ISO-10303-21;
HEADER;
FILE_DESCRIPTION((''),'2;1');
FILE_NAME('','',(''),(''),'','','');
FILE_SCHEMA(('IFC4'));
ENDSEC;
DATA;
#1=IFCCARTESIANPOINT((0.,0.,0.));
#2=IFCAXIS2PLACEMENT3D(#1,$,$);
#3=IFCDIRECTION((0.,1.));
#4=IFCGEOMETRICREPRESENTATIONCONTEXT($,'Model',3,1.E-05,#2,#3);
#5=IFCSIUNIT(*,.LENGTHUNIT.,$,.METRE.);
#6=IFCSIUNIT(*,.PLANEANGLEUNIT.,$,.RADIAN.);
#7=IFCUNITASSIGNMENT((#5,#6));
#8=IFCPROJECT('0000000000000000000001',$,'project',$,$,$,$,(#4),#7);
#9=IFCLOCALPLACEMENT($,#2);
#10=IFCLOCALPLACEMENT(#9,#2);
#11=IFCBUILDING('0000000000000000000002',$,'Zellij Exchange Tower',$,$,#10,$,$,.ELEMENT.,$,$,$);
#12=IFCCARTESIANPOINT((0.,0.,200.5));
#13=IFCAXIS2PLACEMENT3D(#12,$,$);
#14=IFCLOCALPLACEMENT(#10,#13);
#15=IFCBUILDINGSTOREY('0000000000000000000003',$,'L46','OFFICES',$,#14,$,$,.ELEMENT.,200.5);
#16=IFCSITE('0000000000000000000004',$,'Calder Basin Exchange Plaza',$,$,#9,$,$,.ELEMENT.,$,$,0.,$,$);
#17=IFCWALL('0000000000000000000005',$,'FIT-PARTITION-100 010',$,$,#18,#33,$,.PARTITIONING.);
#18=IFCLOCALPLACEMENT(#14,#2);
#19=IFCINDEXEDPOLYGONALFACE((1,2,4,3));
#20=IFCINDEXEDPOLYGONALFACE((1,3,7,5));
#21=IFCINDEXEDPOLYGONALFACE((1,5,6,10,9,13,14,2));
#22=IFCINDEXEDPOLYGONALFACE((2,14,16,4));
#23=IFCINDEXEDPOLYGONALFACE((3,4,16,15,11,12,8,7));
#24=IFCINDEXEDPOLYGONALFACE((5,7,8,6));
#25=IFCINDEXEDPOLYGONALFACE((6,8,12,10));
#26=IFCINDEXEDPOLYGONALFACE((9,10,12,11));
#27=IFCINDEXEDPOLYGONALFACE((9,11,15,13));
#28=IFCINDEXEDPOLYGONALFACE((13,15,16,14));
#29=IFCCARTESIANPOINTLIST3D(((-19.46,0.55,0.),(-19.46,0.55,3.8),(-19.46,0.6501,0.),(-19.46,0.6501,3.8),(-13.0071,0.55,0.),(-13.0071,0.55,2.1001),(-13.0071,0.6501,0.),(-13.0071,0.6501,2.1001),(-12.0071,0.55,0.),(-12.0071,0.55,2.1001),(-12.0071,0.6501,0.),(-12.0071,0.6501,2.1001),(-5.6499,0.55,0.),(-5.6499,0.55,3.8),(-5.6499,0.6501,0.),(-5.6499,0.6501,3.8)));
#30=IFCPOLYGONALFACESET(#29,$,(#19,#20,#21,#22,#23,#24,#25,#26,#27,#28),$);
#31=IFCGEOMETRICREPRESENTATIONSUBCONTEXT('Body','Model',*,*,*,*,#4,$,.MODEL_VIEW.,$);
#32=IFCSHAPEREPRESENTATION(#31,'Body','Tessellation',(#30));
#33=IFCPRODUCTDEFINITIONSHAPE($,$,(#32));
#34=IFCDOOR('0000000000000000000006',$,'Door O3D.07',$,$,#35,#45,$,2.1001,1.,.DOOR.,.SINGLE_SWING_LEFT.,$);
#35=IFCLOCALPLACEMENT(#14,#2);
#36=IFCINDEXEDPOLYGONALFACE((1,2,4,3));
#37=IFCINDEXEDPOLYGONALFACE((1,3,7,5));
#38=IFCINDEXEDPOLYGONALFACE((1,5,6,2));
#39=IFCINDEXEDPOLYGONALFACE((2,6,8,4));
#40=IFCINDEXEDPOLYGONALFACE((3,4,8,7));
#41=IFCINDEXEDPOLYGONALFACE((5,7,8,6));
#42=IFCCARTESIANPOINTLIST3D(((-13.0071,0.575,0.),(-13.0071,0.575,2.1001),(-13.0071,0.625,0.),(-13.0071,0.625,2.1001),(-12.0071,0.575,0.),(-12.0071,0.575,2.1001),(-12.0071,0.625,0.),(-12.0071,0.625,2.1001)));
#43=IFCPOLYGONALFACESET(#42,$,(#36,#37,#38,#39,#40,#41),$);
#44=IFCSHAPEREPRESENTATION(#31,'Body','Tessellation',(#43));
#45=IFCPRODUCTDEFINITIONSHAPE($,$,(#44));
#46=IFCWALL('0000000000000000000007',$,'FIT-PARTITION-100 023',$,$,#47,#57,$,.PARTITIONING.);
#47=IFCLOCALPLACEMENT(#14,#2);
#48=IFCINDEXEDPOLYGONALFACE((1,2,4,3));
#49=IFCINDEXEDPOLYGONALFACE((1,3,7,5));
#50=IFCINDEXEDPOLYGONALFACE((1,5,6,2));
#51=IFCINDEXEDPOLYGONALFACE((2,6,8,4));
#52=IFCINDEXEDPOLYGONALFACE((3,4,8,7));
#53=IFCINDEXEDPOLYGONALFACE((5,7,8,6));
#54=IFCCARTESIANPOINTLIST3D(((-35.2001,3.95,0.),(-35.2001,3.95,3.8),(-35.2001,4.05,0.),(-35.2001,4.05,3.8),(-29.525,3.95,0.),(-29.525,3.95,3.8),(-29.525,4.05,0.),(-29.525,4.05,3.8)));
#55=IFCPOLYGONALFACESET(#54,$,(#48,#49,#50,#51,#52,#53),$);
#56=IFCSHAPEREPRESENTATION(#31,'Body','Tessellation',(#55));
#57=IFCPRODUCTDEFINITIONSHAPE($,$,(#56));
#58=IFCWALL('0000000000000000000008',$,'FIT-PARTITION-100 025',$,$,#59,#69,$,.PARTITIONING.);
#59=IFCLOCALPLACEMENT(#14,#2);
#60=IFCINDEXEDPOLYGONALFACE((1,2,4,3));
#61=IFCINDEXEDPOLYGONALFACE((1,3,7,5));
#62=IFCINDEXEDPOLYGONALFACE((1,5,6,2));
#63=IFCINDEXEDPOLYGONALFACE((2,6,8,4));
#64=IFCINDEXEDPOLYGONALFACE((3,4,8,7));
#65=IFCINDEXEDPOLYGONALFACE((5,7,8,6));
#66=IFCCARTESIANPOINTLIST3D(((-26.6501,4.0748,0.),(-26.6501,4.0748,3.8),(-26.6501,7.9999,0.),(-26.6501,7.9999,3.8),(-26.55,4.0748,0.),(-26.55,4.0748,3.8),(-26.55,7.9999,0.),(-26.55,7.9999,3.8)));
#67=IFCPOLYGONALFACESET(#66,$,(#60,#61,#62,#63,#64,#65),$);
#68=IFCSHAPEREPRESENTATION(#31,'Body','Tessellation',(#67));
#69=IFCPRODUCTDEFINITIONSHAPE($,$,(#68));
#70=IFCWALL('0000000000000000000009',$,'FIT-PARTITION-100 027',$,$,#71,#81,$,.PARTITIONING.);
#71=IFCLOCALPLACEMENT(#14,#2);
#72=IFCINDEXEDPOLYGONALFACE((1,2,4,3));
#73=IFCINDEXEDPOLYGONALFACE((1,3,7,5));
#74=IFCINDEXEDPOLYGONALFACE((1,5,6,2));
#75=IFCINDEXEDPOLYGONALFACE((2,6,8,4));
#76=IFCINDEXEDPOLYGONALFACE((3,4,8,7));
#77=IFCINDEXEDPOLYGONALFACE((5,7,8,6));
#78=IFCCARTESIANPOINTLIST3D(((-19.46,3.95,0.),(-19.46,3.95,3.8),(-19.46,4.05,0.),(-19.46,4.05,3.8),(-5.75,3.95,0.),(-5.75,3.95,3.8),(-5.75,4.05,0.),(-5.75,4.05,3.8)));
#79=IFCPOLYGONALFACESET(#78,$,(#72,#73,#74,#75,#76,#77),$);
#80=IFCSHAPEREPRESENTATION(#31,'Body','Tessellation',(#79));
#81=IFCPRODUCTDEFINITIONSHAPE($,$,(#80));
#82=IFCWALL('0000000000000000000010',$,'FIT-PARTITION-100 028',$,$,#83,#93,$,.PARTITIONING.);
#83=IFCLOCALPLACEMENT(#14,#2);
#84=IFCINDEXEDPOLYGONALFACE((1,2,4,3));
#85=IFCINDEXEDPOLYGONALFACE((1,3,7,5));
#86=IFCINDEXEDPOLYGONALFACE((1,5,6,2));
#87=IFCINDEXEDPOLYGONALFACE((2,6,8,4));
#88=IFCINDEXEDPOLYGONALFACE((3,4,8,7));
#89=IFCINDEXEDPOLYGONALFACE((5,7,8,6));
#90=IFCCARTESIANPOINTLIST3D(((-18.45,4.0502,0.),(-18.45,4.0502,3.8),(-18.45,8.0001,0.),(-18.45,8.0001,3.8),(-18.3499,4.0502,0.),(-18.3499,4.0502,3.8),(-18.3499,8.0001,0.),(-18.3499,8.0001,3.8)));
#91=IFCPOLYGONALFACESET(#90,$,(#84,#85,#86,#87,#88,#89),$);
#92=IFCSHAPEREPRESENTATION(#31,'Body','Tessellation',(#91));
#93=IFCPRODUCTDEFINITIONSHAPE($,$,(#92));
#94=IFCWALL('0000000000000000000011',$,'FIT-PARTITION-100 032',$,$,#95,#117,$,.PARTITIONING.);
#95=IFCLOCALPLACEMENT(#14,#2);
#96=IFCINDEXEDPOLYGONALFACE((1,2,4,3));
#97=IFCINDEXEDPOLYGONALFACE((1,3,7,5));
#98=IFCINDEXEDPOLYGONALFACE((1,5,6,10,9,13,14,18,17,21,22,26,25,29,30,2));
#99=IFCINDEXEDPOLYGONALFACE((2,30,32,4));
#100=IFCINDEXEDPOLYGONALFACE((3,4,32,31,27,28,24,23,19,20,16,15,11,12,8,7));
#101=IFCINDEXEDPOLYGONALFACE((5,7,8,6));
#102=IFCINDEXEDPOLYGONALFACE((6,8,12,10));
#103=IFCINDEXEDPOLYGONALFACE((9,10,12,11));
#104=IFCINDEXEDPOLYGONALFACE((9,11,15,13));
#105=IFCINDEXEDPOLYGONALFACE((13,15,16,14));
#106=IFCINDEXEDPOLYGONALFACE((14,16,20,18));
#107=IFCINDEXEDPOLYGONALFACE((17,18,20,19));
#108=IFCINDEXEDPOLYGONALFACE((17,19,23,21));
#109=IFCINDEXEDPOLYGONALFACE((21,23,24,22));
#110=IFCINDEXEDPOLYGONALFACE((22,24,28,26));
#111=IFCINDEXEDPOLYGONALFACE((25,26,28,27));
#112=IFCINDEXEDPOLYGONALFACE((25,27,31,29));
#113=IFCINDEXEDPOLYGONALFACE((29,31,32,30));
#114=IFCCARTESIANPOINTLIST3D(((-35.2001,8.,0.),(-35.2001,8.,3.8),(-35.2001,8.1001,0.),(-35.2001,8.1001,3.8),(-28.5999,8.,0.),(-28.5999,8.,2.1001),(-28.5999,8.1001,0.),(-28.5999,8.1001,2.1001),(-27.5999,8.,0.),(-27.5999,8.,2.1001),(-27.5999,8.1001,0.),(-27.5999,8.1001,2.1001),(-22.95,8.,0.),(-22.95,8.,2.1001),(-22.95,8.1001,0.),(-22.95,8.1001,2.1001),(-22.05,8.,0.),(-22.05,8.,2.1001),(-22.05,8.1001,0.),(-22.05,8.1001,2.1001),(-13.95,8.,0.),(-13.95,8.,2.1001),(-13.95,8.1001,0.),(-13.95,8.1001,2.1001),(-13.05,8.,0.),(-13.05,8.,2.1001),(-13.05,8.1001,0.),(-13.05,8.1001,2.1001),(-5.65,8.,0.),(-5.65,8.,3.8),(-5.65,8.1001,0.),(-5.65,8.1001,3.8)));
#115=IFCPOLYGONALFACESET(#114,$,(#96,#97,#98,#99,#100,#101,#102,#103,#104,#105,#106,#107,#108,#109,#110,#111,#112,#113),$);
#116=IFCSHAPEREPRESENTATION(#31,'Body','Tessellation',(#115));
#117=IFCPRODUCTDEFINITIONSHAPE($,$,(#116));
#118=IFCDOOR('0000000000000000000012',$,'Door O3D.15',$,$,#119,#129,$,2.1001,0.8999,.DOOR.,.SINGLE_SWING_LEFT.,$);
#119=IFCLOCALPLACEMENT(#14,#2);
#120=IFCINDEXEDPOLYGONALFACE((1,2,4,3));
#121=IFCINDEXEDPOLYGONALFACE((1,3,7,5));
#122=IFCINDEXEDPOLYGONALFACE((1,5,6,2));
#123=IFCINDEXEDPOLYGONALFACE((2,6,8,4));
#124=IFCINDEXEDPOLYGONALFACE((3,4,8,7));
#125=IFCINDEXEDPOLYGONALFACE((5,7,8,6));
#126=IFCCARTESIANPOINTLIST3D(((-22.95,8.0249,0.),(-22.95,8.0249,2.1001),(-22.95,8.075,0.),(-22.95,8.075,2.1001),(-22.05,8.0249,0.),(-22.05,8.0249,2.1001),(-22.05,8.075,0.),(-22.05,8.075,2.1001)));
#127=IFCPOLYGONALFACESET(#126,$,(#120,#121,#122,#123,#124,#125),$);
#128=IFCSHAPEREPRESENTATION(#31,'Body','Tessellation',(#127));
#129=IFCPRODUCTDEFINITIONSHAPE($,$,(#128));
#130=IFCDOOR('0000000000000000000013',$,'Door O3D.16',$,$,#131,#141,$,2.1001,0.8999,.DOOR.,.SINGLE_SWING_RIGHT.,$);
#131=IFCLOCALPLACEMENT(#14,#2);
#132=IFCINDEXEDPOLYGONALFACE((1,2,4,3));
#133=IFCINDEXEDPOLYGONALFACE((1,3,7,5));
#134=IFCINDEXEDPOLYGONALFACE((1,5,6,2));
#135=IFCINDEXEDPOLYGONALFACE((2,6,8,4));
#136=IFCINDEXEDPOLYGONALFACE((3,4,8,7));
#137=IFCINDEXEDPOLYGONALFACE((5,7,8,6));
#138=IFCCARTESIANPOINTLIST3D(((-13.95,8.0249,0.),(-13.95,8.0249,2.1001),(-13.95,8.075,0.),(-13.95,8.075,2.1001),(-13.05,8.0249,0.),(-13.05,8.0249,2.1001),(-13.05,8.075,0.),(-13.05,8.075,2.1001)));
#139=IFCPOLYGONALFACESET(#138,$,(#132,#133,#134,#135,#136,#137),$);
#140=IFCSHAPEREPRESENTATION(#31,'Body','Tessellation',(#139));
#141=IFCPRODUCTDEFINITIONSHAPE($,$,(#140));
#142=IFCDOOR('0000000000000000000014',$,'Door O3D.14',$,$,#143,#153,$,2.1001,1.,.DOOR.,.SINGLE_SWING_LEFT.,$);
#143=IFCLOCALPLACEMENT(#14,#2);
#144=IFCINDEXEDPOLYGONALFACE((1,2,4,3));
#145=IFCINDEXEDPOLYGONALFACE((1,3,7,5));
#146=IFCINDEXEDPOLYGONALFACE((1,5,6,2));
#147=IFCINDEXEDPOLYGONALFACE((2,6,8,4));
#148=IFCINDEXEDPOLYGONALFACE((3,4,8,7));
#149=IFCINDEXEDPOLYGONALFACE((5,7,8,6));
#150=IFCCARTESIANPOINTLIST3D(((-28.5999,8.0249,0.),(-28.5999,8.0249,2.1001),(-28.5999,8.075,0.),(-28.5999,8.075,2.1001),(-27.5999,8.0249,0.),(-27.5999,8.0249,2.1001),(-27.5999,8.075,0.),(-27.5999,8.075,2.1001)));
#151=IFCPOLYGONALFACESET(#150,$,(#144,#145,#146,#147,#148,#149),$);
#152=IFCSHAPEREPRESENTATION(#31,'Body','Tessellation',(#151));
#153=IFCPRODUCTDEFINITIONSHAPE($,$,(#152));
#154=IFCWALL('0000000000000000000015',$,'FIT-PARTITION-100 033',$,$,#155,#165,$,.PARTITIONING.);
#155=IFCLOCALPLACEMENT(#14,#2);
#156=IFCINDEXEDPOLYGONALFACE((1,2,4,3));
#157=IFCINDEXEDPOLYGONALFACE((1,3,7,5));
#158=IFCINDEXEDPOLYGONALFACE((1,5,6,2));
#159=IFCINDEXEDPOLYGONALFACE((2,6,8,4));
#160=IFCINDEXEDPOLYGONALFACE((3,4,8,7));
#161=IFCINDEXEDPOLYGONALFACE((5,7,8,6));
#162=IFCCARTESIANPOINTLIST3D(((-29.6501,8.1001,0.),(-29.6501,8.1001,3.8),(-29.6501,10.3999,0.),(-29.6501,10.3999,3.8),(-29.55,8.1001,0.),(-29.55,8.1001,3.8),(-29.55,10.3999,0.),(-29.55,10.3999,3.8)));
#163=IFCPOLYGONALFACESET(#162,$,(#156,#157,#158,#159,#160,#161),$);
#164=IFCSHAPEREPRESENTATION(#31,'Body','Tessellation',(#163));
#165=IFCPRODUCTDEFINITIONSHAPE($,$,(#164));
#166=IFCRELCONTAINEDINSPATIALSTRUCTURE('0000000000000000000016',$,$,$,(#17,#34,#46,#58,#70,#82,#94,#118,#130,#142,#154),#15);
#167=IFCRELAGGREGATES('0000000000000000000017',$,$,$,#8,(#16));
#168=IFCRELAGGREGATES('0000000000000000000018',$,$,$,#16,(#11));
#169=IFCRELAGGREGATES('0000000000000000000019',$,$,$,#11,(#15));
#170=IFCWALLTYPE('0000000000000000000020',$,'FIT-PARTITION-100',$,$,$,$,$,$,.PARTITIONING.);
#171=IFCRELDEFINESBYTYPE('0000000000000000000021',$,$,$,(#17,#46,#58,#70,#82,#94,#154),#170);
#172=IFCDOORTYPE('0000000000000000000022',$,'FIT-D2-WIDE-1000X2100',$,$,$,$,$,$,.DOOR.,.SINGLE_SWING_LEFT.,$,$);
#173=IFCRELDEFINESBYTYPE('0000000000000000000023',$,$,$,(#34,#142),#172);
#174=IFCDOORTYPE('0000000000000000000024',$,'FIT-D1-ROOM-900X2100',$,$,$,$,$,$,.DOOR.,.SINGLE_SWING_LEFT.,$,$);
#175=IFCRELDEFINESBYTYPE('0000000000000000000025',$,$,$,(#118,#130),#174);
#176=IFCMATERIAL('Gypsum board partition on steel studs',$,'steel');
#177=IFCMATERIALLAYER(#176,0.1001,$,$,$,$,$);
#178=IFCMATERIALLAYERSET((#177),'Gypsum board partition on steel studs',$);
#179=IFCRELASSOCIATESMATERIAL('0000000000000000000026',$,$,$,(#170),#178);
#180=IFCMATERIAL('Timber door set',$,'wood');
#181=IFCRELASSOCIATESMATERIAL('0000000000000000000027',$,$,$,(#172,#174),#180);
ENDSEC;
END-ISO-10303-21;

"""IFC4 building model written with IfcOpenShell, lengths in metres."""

from ifc_helpers import new_model, si_unit, direction, frame, frame_2d, origin, place, context, subcontext, project, spatial, rectangle, extrude, material, layer, layer_set, type_object, element, fill, save


model = new_model("IFC4")

# Units and contexts
model_context = context("Model", 3, precision=1e-05, world=origin(), true_north=direction((0.0, 1.0)))
body_context = subcontext(model_context, "Body", "Model", "MODEL_VIEW")
ifc_project = project(units=[si_unit("LENGTHUNIT", "METRE"), si_unit("PLANEANGLEUNIT", "RADIAN")], contexts=[model_context])

# Site, building, storey
site_placement = place(None, origin())
site = spatial("IfcSite", under=ifc_project, at=site_placement, Name="Calder Basin Exchange Plaza", CompositionType="ELEMENT", RefElevation=0.0)
building_placement = place(site_placement, origin())
building = spatial("IfcBuilding", under=site, at=building_placement, Name="Zellij Exchange Tower", CompositionType="ELEMENT")
storey_placement = place(building_placement, frame((0.0, 0.0, 200.5)))
storey = spatial("IfcBuildingStorey", under=building, at=storey_placement, Name="L46", Description="OFFICES", CompositionType="ELEMENT", Elevation=200.5)

# Wall, opening, door
ifc_material_1 = material(Name="Gypsum board partition on steel studs", Category="steel")
ifc_layer_1 = layer(ifc_material_1, 0.1001)
ifc_layer_set_1 = layer_set([ifc_layer_1], Name="Gypsum board partition on steel studs")
wall_type_1 = type_object("IfcWallType", Name="FIT-PARTITION-100", PredefinedType="PARTITIONING", material=ifc_layer_set_1)
wall_1_placement = place(storey_placement, frame((-19.46, 0.6001, 0.0), z_axis=(0.0, 0.0, 1.0), x_axis=(1.0, 0.0, 0.0)))
wall_1 = element("IfcWall", 1, at=wall_1_placement, inside=storey, type_object=wall_type_1, Name="FIT-PARTITION-100 010", PredefinedType="PARTITIONING", context=body_context, shape_type="SweptSolid", body=[
    extrude(rectangle(XDim=13.8101, YDim=0.1001, at=frame_2d((6.905, 0.0))), origin(), (0.0, 0.0, 1.0), 3.8),
])
opening_1_placement = place(wall_1_placement, frame((6.4529, 0.0, 0.0)))
opening_1 = element("IfcOpeningElement", 2, at=opening_1_placement, cuts=wall_1, PredefinedType="OPENING", context=body_context, shape_type="SweptSolid", body=[
    extrude(rectangle(XDim=1.0, YDim=2.1001, at=frame_2d((0.5, 1.05))), frame((0.0, 0.062, 0.0), z_axis=(0.0, -1.0, 0.0), x_axis=(1.0, 0.0, 0.0)), (0.0, 0.0, 1.0), 0.124),
])
ifc_material_2 = material(Name="Timber door set", Category="wood")
door_type_1 = type_object("IfcDoorType", Name="FIT-D2-WIDE-1000X2100", OperationType="SINGLE_SWING_LEFT", PredefinedType="DOOR", material=ifc_material_2)
door_1_placement = place(opening_1_placement, origin())
door_1 = element("IfcDoor", 3, at=door_1_placement, inside=storey, type_object=door_type_1, Name="Door O3D.07", OperationType="SINGLE_SWING_LEFT", OverallHeight=2.1001, OverallWidth=1.0, PredefinedType="DOOR", context=body_context, shape_type="SweptSolid", body=[
    extrude(rectangle(XDim=1.0, YDim=2.1001, at=frame_2d((0.5, 1.05))), frame((0.0, 0.0249, 0.0), z_axis=(0.0, -1.0, 0.0), x_axis=(1.0, 0.0, 0.0)), (0.0, 0.0, 1.0), 0.05),
])
fill(opening_1, door_1)

# Walls
wall_2_placement = place(storey_placement, frame((-35.2, 4.0, 0.0), z_axis=(0.0, 0.0, 1.0), x_axis=(1.0, 0.0, 0.0)))
element("IfcWall", 4, at=wall_2_placement, inside=storey, type_object=wall_type_1, Name="FIT-PARTITION-100 023", PredefinedType="PARTITIONING", context=body_context, shape_type="SweptSolid", body=[
    extrude(rectangle(XDim=5.675, YDim=0.1001, at=frame_2d((2.8374, 0.0))), origin(), (0.0, 0.0, 1.0), 3.8),
])
wall_3_placement = place(storey_placement, frame((-26.6001, 4.075, 0.0), z_axis=(0.0, 0.0, 1.0), x_axis=(0.0, 1.0, 0.0)))
element("IfcWall", 5, at=wall_3_placement, inside=storey, type_object=wall_type_1, Name="FIT-PARTITION-100 025", PredefinedType="PARTITIONING", context=body_context, shape_type="SweptSolid", body=[
    extrude(rectangle(XDim=3.925, YDim=0.1001, at=frame_2d((1.9624, 0.0))), origin(), (0.0, 0.0, 1.0), 3.8),
])
wall_4_placement = place(storey_placement, frame((-19.46, 4.0, 0.0), z_axis=(0.0, 0.0, 1.0), x_axis=(1.0, 0.0, 0.0)))
element("IfcWall", 6, at=wall_4_placement, inside=storey, type_object=wall_type_1, Name="FIT-PARTITION-100 027", PredefinedType="PARTITIONING", context=body_context, shape_type="SweptSolid", body=[
    extrude(rectangle(XDim=13.71, YDim=0.1001, at=frame_2d((6.855, 0.0))), origin(), (0.0, 0.0, 1.0), 3.8),
])
wall_5_placement = place(storey_placement, frame((-18.3999, 4.05, 0.0), z_axis=(0.0, 0.0, 1.0), x_axis=(0.0, 1.0, 0.0)))
element("IfcWall", 7, at=wall_5_placement, inside=storey, type_object=wall_type_1, Name="FIT-PARTITION-100 028", PredefinedType="PARTITIONING", context=body_context, shape_type="SweptSolid", body=[
    extrude(rectangle(XDim=3.95, YDim=0.1001, at=frame_2d((1.9751, 0.0))), origin(), (0.0, 0.0, 1.0), 3.8),
])

# Wall, openings, doors
wall_6_placement = place(storey_placement, frame((-35.2, 8.05, 0.0), z_axis=(0.0, 0.0, 1.0), x_axis=(1.0, 0.0, 0.0)))
wall_6 = element("IfcWall", 8, at=wall_6_placement, inside=storey, type_object=wall_type_1, Name="FIT-PARTITION-100 032", PredefinedType="PARTITIONING", context=body_context, shape_type="SweptSolid", body=[
    extrude(rectangle(XDim=29.55, YDim=0.1001, at=frame_2d((14.7749, 0.0))), origin(), (0.0, 0.0, 1.0), 3.8),
])
opening_2_placement = place(wall_6_placement, frame((6.6001, 0.0, 0.0)))
opening_2 = element("IfcOpeningElement", 9, at=opening_2_placement, cuts=wall_6, PredefinedType="OPENING", context=body_context, shape_type="SweptSolid", body=[
    extrude(rectangle(XDim=1.0, YDim=2.1001, at=frame_2d((0.5, 1.05))), frame((0.0, 0.062, 0.0), z_axis=(0.0, -1.0, 0.0), x_axis=(1.0, 0.0, 0.0)), (0.0, 0.0, 1.0), 0.124),
])
opening_3_placement = place(wall_6_placement, frame((12.25, 0.0, 0.0)))
opening_3 = element("IfcOpeningElement", 10, at=opening_3_placement, cuts=wall_6, PredefinedType="OPENING", context=body_context, shape_type="SweptSolid", body=[
    extrude(rectangle(XDim=0.8999, YDim=2.1001, at=frame_2d((0.45, 1.05))), frame((0.0, 0.062, 0.0), z_axis=(0.0, -1.0, 0.0), x_axis=(1.0, 0.0, 0.0)), (0.0, 0.0, 1.0), 0.124),
])
opening_4_placement = place(wall_6_placement, frame((21.25, 0.0, 0.0)))
opening_4 = element("IfcOpeningElement", 11, at=opening_4_placement, cuts=wall_6, PredefinedType="OPENING", context=body_context, shape_type="SweptSolid", body=[
    extrude(rectangle(XDim=0.8999, YDim=2.1001, at=frame_2d((0.45, 1.05))), frame((0.0, 0.062, 0.0), z_axis=(0.0, -1.0, 0.0), x_axis=(1.0, 0.0, 0.0)), (0.0, 0.0, 1.0), 0.124),
])
door_type_2 = type_object("IfcDoorType", Name="FIT-D1-ROOM-900X2100", OperationType="SINGLE_SWING_LEFT", PredefinedType="DOOR", material=ifc_material_2)
door_2_placement = place(opening_3_placement, origin())
door_2 = element("IfcDoor", 12, at=door_2_placement, inside=storey, type_object=door_type_2, Name="Door O3D.15", OperationType="SINGLE_SWING_LEFT", OverallHeight=2.1001, OverallWidth=0.8999, PredefinedType="DOOR", context=body_context, shape_type="SweptSolid", body=[
    extrude(rectangle(XDim=0.8999, YDim=2.1001, at=frame_2d((0.45, 1.05))), frame((0.0, 0.0249, 0.0), z_axis=(0.0, -1.0, 0.0), x_axis=(1.0, 0.0, 0.0)), (0.0, 0.0, 1.0), 0.05),
])
fill(opening_3, door_2)
door_3_placement = place(opening_4_placement, origin())
door_3 = element("IfcDoor", 13, at=door_3_placement, inside=storey, type_object=door_type_2, Name="Door O3D.16", OperationType="SINGLE_SWING_RIGHT", OverallHeight=2.1001, OverallWidth=0.8999, PredefinedType="DOOR", context=body_context, shape_type="SweptSolid", body=[
    extrude(rectangle(XDim=0.8999, YDim=2.1001, at=frame_2d((0.45, 1.05))), frame((0.0, 0.0249, 0.0), z_axis=(0.0, -1.0, 0.0), x_axis=(1.0, 0.0, 0.0)), (0.0, 0.0, 1.0), 0.05),
])
fill(opening_4, door_3)
door_4_placement = place(opening_2_placement, origin())
door_4 = element("IfcDoor", 14, at=door_4_placement, inside=storey, type_object=door_type_1, Name="Door O3D.14", OperationType="SINGLE_SWING_LEFT", OverallHeight=2.1001, OverallWidth=1.0, PredefinedType="DOOR", context=body_context, shape_type="SweptSolid", body=[
    extrude(rectangle(XDim=1.0, YDim=2.1001, at=frame_2d((0.5, 1.05))), frame((0.0, 0.0249, 0.0), z_axis=(0.0, -1.0, 0.0), x_axis=(1.0, 0.0, 0.0)), (0.0, 0.0, 1.0), 0.05),
])
fill(opening_2, door_4)

# Wall
wall_7_placement = place(storey_placement, frame((-29.6001, 8.1001, 0.0), z_axis=(0.0, 0.0, 1.0), x_axis=(0.0, 1.0, 0.0)))
element("IfcWall", 15, at=wall_7_placement, inside=storey, type_object=wall_type_1, Name="FIT-PARTITION-100 033", PredefinedType="PARTITIONING", context=body_context, shape_type="SweptSolid", body=[
    extrude(rectangle(XDim=2.2998, YDim=0.1001, at=frame_2d((1.1499, 0.0))), origin(), (0.0, 0.0, 1.0), 3.8),
])

save(model, "model.ifc")
